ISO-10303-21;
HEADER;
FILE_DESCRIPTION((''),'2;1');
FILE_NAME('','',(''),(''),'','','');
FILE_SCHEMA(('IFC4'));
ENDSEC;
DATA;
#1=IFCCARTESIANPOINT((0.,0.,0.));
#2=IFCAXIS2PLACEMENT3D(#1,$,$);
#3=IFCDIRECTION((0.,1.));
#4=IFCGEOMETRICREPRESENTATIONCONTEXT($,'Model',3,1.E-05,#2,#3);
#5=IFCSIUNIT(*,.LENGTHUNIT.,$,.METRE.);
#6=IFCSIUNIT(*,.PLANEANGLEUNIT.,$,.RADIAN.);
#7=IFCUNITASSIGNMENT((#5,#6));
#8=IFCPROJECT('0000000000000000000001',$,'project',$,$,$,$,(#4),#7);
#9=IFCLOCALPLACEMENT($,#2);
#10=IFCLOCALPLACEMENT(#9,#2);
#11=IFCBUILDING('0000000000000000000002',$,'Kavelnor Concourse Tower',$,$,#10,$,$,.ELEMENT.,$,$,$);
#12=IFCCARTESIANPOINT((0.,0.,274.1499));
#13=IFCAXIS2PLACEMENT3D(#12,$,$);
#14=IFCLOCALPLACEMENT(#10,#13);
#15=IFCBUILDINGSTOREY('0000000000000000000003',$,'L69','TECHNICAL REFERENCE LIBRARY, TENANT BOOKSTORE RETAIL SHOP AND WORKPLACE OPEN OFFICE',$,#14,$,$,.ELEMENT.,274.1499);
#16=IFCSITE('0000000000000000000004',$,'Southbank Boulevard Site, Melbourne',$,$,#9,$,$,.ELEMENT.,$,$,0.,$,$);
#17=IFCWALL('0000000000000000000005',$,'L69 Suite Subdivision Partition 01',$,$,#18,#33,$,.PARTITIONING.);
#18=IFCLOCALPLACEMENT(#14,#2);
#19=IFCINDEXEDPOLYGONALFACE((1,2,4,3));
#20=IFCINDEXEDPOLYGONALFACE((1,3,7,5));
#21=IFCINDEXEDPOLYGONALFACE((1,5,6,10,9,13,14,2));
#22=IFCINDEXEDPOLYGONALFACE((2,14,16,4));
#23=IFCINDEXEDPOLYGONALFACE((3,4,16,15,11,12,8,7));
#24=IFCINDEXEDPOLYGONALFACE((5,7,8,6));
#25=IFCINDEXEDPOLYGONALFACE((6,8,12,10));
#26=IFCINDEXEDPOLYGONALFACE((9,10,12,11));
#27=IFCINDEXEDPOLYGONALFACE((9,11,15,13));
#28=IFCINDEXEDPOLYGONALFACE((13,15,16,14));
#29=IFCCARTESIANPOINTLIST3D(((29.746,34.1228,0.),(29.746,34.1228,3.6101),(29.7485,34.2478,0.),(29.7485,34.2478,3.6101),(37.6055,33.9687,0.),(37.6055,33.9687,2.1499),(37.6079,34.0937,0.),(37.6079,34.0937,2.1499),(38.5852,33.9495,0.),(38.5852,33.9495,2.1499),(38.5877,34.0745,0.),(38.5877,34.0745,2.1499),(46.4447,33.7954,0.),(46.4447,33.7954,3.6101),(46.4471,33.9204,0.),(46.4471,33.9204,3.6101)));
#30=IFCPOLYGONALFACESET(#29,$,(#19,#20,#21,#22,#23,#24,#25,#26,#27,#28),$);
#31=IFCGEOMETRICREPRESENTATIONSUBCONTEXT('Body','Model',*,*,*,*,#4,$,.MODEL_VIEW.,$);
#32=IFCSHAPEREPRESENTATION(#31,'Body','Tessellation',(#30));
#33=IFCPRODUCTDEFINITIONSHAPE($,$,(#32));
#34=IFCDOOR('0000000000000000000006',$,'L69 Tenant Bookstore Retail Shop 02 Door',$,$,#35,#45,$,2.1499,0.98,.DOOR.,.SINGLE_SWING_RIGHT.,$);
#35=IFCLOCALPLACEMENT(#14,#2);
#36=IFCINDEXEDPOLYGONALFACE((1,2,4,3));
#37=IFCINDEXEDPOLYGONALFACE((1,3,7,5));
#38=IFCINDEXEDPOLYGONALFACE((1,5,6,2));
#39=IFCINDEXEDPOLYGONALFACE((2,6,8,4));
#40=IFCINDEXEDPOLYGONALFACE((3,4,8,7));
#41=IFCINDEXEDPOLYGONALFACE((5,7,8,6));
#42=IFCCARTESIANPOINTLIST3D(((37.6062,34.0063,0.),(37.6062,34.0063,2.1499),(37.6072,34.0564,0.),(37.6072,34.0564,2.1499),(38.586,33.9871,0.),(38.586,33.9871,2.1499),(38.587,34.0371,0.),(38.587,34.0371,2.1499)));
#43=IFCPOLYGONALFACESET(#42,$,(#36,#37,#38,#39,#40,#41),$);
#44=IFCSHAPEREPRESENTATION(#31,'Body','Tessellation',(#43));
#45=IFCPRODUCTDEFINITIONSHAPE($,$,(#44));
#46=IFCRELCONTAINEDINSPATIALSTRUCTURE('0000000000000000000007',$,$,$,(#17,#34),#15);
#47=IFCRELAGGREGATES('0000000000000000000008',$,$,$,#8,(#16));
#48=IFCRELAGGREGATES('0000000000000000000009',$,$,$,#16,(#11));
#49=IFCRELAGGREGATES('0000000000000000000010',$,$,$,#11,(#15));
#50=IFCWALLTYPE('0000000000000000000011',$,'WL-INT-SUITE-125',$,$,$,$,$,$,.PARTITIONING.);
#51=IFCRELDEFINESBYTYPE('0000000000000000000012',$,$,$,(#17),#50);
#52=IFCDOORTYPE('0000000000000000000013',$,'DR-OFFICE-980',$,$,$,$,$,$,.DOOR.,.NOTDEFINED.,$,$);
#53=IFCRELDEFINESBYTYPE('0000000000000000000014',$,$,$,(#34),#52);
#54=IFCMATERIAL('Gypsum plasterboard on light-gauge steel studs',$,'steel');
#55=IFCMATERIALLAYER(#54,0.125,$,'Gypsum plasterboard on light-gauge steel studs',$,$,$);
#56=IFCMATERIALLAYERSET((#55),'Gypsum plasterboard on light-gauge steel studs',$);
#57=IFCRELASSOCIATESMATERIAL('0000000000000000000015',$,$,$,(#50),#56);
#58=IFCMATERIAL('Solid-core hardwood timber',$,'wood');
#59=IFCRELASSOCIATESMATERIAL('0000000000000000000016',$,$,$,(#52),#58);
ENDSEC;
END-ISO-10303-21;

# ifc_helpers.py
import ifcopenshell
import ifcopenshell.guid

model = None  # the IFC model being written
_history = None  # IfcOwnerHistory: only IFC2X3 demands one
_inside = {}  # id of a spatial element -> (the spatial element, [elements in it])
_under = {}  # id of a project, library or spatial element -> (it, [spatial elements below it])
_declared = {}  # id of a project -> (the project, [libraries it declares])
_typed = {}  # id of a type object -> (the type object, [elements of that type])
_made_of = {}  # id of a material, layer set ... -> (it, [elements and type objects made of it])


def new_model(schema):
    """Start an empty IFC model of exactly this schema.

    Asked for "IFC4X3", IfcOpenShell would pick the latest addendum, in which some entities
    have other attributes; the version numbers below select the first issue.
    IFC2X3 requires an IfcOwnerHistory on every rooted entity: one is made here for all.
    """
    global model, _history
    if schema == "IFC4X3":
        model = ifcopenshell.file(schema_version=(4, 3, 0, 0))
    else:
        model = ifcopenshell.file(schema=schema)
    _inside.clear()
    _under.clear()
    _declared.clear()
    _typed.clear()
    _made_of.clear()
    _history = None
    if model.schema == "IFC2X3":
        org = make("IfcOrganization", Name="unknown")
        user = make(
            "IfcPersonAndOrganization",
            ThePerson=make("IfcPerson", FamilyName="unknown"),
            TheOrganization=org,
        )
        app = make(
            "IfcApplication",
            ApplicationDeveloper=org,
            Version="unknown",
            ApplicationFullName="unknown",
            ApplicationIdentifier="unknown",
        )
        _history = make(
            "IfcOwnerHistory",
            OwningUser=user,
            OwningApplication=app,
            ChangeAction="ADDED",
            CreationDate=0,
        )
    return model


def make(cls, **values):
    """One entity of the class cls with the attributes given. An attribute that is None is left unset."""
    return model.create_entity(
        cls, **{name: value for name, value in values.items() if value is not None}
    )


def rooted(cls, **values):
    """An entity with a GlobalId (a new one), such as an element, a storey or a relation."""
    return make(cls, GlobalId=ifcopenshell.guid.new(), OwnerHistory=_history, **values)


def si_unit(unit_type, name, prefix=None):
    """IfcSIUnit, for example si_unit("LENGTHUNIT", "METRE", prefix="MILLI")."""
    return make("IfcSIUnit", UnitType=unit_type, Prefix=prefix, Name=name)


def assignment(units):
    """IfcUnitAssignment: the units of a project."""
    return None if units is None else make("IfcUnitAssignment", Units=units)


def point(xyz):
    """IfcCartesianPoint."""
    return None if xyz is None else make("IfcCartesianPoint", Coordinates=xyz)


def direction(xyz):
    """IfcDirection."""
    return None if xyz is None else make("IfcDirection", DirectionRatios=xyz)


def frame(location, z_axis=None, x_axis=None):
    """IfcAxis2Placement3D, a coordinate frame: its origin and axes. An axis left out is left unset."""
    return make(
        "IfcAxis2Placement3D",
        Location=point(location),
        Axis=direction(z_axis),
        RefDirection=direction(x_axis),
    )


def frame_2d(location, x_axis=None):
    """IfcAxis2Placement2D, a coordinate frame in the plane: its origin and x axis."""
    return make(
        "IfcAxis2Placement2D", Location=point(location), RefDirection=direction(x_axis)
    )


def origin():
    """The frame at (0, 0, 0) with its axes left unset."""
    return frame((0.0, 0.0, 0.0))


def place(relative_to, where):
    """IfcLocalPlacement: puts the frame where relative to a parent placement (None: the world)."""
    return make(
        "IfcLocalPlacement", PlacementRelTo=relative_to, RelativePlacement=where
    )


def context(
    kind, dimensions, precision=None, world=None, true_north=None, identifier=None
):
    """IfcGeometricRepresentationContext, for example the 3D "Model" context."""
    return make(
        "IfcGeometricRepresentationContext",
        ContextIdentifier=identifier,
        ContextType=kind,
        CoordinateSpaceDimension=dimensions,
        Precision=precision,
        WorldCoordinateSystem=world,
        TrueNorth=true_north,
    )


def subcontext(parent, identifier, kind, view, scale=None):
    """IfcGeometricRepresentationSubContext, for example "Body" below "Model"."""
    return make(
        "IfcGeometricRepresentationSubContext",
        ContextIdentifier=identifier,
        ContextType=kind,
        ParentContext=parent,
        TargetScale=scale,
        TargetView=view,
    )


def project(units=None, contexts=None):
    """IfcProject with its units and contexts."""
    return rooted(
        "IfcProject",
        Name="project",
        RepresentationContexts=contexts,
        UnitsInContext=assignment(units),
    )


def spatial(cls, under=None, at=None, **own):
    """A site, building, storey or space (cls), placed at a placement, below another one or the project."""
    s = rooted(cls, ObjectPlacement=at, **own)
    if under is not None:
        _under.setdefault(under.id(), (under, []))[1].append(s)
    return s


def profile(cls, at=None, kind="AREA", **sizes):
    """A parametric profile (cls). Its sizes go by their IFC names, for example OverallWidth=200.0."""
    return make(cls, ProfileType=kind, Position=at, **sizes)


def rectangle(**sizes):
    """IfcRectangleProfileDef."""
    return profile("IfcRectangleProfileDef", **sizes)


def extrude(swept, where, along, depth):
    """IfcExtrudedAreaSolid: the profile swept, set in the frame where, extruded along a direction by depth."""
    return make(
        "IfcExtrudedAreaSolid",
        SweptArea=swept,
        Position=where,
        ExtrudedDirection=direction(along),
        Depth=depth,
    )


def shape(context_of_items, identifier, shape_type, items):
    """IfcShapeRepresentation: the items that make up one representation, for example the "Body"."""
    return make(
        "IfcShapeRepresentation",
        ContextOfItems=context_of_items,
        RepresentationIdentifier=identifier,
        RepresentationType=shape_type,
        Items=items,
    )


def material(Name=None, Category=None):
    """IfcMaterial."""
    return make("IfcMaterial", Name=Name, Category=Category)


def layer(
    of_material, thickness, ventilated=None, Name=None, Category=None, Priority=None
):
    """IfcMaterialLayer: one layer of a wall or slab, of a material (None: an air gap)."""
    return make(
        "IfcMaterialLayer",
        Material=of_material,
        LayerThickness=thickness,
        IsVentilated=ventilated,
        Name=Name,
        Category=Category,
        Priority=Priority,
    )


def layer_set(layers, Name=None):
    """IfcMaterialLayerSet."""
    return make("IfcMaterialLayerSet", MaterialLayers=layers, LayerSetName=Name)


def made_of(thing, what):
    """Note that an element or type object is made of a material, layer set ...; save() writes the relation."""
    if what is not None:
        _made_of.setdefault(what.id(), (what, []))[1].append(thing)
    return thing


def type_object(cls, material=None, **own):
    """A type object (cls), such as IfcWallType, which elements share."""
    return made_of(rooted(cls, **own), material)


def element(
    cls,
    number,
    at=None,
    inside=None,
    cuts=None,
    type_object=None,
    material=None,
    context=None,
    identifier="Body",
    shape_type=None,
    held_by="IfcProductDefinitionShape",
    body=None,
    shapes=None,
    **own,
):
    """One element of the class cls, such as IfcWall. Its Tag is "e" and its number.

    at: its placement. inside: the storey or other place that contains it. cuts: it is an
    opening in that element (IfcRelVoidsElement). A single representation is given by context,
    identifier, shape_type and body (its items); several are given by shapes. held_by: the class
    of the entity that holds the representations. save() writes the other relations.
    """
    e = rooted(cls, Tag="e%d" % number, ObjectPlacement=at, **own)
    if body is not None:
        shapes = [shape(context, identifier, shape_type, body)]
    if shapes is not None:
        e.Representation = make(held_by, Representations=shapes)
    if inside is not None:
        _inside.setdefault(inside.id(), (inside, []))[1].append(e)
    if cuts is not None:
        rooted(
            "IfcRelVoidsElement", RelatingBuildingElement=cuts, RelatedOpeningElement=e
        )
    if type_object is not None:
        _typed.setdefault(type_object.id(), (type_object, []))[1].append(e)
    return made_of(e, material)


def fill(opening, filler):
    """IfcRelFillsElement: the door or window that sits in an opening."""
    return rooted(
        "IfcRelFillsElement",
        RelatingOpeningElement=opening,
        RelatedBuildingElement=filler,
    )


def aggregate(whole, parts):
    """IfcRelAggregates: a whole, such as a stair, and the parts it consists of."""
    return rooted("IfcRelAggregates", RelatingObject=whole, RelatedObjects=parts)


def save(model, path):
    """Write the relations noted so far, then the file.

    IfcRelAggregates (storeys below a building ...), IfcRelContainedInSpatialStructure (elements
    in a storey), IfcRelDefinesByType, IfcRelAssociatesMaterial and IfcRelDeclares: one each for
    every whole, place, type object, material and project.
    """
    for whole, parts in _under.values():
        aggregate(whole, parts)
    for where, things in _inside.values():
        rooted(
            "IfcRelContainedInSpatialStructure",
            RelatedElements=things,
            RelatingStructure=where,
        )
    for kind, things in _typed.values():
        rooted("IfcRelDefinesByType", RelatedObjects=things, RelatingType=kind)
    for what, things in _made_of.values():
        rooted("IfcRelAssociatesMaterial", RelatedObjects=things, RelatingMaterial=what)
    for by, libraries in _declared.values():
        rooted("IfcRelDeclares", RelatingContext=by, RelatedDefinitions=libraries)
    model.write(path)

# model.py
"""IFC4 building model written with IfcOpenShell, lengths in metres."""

from ifc_helpers import new_model, si_unit, direction, frame, frame_2d, origin, place, context, subcontext, project, spatial, rectangle, extrude, material, layer, layer_set, type_object, element, fill, save


model = new_model("IFC4")

# Units and contexts
model_context = context("Model", 3, precision=1e-05, world=origin(), true_north=direction((0.0, 1.0)))
body_context = subcontext(model_context, "Body", "Model", "MODEL_VIEW")
ifc_project = project(units=[si_unit("LENGTHUNIT", "METRE"), si_unit("PLANEANGLEUNIT", "RADIAN")], contexts=[model_context])

# Site, building, storey
site_placement = place(None, origin())
site = spatial("IfcSite", under=ifc_project, at=site_placement, Name="Southbank Boulevard Site, Melbourne", CompositionType="ELEMENT", RefElevation=0.0)
building_placement = place(site_placement, origin())
building = spatial("IfcBuilding", under=site, at=building_placement, Name="Kavelnor Concourse Tower", CompositionType="ELEMENT")
storey_placement = place(building_placement, frame((0.0, 0.0, 274.1499)))
storey = spatial("IfcBuildingStorey", under=building, at=storey_placement, Name="L69", Description="TECHNICAL REFERENCE LIBRARY, TENANT BOOKSTORE RETAIL SHOP AND WORKPLACE OPEN OFFICE", CompositionType="ELEMENT", Elevation=274.1499)

# Shared definitions
ifc_material_1 = material(Name="Gypsum plasterboard on light-gauge steel studs", Category="steel")

# Wall, opening, door
ifc_layer_1 = layer(ifc_material_1, 0.125, Name="Gypsum plasterboard on light-gauge steel studs")
ifc_layer_set_1 = layer_set([ifc_layer_1], Name="Gypsum plasterboard on light-gauge steel studs")
wall_type_1 = type_object("IfcWallType", Name="WL-INT-SUITE-125", PredefinedType="PARTITIONING", material=ifc_layer_set_1)
wall_1_placement = place(storey_placement, frame((46.446, 33.8579, 0.0), z_axis=(0.0, 0.0, 1.0), x_axis=(-0.999808, 0.019602, 0.0)))
wall_1 = element("IfcWall", 1, at=wall_1_placement, inside=storey, type_object=wall_type_1, Name="L69 Suite Subdivision Partition 01", PredefinedType="PARTITIONING", context=body_context, shape_type="SweptSolid", body=[
    extrude(rectangle(XDim=16.7019, YDim=0.125, at=frame_2d((8.3511, 0.0))), origin(), (0.0, 0.0, 1.0), 3.6101),
])
opening_1_placement = place(wall_1_placement, frame((7.8611, 0.0, 0.0)))
opening_1 = element("IfcOpeningElement", 2, at=opening_1_placement, cuts=wall_1, PredefinedType="OPENING", context=body_context, shape_type="SweptSolid", body=[
    extrude(rectangle(XDim=0.98, YDim=2.1499, at=frame_2d((0.49, 1.075))), frame((0.0, 0.0725, 0.0), z_axis=(0.0, -1.0, 0.0), x_axis=(1.0, 0.0, 0.0)), (0.0, 0.0, 1.0), 0.145),
])
ifc_material_2 = material(Name="Solid-core hardwood timber", Category="wood")
door_type = type_object("IfcDoorType", Name="DR-OFFICE-980", OperationType="NOTDEFINED", PredefinedType="DOOR", material=ifc_material_2)
door_placement = place(opening_1_placement, origin())
door = element("IfcDoor", 3, at=door_placement, inside=storey, type_object=door_type, Name="L69 Tenant Bookstore Retail Shop 02 Door", OperationType="SINGLE_SWING_RIGHT", OverallHeight=2.1499, OverallWidth=0.98, PredefinedType="DOOR", context=body_context, shape_type="SweptSolid", body=[
    extrude(rectangle(XDim=0.98, YDim=2.1499, at=frame_2d((0.49, 1.075))), frame((0.0, 0.0249, 0.0), z_axis=(0.0, -1.0, 0.0), x_axis=(1.0, 0.0, 0.0)), (0.0, 0.0, 1.0), 0.05),
])
fill(opening_1, door)

save(model, "model.ifc")
